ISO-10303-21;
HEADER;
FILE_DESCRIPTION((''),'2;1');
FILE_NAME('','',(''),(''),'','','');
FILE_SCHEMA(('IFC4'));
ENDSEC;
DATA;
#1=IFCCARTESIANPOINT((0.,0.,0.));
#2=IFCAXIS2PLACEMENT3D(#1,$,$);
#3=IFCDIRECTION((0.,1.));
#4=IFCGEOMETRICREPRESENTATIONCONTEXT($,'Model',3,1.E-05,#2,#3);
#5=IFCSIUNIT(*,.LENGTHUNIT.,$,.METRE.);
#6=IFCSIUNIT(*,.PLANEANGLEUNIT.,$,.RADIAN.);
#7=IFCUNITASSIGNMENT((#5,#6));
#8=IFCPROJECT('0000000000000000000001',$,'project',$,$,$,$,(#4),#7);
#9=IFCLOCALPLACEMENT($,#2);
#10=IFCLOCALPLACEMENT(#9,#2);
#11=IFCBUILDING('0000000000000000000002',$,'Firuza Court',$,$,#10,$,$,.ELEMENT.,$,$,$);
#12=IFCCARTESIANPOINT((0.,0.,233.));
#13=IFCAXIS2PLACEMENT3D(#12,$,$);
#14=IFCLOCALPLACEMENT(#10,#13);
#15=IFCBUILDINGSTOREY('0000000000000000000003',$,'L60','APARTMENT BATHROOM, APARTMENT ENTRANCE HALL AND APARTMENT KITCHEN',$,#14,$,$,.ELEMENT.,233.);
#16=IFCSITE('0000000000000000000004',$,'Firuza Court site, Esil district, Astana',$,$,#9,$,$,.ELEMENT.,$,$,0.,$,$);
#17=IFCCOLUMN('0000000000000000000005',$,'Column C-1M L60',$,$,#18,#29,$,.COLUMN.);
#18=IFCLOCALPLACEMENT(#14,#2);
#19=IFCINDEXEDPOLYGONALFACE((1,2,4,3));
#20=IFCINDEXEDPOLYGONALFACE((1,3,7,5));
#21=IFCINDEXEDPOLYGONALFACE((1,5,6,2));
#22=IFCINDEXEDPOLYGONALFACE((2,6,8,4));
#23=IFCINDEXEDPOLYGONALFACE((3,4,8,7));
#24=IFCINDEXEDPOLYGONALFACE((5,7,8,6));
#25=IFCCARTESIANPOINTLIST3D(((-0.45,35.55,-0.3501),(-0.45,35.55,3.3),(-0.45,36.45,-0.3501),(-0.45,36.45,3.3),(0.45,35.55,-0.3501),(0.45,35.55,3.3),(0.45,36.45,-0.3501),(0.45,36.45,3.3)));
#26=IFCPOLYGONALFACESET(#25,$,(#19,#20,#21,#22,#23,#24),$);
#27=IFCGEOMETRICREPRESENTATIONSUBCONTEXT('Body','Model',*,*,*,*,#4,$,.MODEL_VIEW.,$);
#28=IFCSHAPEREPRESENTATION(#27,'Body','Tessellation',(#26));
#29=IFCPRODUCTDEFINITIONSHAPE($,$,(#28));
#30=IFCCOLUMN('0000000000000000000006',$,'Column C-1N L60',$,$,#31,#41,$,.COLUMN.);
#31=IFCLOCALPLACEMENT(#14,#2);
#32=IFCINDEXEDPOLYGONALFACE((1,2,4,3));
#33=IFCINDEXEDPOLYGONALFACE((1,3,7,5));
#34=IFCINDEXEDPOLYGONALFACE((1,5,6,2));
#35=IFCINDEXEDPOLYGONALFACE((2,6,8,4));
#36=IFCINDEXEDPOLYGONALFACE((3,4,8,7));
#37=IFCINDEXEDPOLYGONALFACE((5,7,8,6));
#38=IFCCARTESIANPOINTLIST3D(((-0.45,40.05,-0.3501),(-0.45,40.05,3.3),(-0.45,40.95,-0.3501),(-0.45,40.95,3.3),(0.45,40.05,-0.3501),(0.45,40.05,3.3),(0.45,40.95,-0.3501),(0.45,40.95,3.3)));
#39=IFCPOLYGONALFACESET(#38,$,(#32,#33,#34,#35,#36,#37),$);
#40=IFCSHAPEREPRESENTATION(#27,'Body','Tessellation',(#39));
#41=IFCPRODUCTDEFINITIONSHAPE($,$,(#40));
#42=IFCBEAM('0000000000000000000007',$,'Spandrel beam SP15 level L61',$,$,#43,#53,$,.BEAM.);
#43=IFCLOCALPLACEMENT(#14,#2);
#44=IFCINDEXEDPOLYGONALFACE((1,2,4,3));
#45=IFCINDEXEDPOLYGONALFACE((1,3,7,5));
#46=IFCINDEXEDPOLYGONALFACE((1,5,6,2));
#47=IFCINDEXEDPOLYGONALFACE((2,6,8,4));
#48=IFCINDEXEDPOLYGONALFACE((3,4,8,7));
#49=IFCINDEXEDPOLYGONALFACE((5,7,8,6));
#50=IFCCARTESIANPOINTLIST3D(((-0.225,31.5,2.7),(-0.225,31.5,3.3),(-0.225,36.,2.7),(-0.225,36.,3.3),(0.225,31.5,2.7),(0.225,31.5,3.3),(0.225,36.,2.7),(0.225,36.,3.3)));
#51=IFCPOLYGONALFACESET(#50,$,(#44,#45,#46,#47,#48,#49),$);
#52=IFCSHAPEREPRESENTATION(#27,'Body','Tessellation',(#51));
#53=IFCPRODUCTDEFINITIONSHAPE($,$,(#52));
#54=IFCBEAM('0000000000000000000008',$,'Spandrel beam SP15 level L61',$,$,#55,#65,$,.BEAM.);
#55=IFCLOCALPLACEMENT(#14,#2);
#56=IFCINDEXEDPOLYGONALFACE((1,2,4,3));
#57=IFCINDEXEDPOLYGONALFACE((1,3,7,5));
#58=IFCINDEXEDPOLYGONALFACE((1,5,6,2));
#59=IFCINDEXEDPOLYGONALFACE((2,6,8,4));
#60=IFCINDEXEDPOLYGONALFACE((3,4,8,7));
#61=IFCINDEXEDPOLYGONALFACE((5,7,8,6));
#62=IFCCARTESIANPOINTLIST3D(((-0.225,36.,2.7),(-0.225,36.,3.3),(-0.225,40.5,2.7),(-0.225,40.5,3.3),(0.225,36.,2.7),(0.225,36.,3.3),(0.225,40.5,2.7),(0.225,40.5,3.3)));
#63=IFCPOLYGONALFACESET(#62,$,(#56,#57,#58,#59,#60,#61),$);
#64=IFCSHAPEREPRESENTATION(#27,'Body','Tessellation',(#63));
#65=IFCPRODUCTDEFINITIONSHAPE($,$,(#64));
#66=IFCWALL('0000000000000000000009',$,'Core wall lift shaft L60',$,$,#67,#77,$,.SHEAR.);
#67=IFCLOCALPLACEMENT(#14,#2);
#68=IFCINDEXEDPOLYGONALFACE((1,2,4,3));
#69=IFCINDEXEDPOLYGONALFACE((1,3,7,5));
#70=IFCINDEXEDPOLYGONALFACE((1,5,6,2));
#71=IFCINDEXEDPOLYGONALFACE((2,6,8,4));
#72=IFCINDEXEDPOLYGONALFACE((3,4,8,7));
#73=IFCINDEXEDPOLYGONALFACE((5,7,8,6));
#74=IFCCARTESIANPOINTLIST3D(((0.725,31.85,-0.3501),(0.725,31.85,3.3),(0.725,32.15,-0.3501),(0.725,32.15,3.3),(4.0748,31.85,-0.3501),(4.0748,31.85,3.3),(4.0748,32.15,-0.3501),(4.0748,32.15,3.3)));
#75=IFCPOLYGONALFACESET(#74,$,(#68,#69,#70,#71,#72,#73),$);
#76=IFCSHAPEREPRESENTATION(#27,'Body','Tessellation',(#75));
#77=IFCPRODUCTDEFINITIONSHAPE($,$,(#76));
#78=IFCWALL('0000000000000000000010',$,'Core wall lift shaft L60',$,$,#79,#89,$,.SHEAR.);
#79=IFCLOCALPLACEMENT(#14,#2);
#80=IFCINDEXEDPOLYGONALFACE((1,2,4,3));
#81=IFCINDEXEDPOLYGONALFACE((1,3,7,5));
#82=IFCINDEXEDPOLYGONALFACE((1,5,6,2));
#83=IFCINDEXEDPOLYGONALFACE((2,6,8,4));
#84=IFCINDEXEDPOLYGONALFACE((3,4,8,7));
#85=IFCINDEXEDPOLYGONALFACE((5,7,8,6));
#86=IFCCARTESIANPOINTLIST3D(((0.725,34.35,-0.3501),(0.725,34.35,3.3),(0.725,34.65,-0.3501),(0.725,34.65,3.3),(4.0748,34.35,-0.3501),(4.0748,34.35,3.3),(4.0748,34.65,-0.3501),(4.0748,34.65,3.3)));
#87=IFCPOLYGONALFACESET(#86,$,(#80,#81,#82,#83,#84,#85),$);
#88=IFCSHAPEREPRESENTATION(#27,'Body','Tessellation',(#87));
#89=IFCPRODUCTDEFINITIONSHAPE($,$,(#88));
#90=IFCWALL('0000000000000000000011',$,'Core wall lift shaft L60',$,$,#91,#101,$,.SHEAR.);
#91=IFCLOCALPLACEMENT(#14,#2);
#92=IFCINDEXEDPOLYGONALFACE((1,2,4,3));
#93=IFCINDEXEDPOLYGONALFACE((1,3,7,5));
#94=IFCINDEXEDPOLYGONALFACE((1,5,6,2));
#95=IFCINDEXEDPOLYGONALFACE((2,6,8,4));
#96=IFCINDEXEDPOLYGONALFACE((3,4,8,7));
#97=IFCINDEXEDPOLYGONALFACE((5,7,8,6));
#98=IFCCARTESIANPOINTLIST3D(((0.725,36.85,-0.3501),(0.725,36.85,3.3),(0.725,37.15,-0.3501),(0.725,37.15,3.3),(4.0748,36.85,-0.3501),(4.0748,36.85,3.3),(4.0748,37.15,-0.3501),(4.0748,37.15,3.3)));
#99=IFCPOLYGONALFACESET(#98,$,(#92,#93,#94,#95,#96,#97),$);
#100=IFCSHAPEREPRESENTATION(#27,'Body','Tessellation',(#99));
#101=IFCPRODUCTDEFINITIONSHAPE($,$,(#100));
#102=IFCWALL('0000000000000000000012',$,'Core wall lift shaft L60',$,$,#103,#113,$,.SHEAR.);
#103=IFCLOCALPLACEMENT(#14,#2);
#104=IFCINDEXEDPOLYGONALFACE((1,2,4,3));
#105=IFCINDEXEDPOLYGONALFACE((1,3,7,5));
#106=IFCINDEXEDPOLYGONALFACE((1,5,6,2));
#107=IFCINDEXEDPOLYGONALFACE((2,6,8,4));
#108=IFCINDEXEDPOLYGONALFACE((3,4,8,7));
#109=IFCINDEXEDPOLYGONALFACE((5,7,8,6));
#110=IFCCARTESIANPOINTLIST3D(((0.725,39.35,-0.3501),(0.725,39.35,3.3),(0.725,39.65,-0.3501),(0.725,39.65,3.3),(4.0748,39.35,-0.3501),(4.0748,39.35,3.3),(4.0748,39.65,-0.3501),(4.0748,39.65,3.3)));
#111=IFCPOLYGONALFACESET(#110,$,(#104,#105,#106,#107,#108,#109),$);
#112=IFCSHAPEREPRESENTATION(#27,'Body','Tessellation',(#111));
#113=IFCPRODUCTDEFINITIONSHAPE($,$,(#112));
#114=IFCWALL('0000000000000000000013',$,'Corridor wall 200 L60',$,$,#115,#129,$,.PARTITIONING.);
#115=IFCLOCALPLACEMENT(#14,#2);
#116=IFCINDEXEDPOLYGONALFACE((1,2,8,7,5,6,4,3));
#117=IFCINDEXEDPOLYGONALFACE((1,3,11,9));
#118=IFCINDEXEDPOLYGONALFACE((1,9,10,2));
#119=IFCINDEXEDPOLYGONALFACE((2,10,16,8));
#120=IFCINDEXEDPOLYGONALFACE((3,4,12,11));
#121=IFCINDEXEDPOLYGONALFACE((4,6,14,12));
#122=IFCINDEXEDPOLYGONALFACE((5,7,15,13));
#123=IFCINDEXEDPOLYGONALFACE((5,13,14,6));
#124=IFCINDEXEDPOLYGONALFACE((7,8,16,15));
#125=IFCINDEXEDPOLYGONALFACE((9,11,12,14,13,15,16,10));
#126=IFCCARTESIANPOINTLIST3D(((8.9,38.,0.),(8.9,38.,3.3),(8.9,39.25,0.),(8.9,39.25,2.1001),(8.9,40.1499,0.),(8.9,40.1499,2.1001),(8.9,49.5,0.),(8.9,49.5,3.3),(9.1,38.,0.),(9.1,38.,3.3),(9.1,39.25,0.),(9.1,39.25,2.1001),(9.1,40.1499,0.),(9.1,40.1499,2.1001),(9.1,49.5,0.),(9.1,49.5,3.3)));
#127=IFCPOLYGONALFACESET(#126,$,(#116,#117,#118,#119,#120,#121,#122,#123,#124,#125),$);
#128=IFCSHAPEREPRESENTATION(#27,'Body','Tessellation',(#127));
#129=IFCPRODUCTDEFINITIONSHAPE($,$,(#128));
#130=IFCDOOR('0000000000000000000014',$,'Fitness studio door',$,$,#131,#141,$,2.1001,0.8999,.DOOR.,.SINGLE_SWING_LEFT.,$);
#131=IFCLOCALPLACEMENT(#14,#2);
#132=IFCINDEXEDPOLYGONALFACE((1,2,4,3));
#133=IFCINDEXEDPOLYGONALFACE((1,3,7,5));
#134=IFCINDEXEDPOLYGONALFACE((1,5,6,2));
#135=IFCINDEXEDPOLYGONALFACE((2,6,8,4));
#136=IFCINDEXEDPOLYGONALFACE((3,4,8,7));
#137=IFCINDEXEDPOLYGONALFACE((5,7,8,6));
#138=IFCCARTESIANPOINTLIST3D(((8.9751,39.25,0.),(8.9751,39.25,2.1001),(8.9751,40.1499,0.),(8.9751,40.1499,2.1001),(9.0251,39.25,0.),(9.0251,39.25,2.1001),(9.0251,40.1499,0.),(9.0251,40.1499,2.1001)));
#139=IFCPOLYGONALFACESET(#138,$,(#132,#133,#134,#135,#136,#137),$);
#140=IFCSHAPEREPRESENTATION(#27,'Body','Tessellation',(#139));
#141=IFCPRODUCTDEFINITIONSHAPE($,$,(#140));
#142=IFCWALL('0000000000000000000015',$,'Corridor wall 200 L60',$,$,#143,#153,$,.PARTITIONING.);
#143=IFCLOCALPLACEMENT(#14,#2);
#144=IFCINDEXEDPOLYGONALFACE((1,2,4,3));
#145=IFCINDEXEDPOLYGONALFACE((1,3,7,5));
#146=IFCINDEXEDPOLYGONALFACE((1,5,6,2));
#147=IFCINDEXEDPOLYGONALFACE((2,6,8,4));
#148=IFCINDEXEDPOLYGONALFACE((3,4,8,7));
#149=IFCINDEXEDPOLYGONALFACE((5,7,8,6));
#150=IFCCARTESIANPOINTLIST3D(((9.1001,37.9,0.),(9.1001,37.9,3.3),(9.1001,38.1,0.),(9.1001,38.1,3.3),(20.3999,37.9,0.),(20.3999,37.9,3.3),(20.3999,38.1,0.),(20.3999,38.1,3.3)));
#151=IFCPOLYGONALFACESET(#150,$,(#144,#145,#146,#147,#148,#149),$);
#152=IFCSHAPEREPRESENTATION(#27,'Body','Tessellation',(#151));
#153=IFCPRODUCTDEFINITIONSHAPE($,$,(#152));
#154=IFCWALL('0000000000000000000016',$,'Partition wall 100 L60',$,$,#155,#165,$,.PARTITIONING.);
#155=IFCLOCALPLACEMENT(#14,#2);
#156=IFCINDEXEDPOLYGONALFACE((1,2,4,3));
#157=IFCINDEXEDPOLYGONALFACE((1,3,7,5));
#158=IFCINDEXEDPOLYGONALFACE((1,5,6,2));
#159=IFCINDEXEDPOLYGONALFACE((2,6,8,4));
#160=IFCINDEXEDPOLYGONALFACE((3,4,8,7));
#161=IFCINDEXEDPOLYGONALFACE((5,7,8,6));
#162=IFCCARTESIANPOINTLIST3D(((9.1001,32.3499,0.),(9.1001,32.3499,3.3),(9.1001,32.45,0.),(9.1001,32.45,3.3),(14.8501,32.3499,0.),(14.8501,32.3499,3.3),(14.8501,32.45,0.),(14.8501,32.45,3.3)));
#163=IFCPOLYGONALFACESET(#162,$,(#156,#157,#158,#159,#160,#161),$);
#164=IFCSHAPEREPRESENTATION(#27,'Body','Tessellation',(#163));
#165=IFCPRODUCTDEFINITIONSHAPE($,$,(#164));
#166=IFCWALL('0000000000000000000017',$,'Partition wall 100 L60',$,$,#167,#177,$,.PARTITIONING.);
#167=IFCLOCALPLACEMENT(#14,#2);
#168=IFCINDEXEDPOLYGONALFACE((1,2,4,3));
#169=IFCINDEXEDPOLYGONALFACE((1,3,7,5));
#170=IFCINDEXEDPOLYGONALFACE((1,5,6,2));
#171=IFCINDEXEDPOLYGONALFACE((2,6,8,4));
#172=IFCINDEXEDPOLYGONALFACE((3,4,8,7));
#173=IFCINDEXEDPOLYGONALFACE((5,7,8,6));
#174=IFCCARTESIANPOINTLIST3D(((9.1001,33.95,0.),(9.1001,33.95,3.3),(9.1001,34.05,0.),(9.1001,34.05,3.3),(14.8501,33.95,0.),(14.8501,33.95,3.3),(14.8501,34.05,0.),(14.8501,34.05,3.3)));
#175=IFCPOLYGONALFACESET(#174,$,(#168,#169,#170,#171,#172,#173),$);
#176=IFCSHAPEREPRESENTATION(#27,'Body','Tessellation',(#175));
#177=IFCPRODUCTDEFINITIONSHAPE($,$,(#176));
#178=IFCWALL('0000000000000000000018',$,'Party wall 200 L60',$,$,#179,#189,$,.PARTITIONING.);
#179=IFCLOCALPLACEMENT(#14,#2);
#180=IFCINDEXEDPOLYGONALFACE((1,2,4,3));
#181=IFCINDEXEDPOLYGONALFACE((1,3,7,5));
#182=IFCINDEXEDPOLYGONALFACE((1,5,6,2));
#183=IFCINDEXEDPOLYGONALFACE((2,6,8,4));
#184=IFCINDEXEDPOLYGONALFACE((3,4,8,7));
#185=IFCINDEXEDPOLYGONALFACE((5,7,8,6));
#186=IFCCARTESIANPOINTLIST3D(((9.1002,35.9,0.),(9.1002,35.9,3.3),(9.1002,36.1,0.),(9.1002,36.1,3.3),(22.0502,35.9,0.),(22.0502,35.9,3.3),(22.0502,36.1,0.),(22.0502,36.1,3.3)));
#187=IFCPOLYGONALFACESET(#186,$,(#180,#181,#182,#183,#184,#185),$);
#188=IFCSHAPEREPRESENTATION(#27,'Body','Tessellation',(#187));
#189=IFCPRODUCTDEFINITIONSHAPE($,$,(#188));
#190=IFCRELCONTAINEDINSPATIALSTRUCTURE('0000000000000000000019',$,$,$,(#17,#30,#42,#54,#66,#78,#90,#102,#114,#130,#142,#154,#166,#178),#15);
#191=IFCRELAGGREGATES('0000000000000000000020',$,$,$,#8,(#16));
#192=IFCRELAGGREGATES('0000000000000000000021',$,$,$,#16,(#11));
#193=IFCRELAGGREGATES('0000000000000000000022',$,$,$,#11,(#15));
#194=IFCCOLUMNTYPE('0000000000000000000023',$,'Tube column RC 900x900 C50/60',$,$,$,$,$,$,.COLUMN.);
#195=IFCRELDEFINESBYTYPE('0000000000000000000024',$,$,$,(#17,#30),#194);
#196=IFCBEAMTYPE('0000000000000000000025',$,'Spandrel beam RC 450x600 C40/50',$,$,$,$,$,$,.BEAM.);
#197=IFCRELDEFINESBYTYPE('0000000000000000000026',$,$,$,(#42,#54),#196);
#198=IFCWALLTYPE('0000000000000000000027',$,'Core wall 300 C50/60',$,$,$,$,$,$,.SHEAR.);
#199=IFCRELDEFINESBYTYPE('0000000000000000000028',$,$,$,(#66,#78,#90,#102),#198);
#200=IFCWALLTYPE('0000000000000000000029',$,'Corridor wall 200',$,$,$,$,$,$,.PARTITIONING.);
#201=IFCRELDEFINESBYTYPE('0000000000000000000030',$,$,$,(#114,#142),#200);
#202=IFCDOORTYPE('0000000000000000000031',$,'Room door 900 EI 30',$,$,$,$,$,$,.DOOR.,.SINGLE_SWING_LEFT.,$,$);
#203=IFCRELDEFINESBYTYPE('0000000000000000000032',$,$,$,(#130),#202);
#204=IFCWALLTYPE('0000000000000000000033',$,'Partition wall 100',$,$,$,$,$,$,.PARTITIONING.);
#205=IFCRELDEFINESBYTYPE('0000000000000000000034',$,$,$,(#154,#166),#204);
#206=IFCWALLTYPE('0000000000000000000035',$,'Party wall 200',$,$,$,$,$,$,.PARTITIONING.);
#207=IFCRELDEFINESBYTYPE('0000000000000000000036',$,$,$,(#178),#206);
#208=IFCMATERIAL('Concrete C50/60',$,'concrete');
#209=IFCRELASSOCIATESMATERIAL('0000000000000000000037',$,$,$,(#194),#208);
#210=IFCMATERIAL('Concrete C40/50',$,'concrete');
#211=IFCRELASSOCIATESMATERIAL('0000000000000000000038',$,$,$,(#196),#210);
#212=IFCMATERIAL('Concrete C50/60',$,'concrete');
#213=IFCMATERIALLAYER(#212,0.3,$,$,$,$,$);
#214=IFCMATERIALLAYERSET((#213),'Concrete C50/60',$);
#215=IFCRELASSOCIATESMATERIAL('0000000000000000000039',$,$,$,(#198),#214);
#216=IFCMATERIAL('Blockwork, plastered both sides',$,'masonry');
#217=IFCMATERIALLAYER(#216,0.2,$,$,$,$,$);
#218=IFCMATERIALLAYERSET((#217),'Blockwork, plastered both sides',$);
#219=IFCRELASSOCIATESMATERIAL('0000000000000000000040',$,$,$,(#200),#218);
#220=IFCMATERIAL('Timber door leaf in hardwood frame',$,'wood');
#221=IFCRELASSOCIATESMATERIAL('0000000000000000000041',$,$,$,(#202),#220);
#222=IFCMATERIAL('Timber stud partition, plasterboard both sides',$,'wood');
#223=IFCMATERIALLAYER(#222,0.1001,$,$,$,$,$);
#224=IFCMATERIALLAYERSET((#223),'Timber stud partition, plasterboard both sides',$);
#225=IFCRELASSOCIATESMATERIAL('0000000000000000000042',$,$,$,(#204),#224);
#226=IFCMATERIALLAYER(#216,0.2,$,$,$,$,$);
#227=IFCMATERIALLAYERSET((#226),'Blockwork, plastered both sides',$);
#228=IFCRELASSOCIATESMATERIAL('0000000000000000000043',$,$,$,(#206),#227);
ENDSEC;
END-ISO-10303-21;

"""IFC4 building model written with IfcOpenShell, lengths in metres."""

from ifc_helpers import new_model, si_unit, direction, frame, frame_2d, origin, origin_2d, place, context, subcontext, project, spatial, rectangle, extrude, material, layer, layer_set, material_profile, profile_set, type_object, element, fill, save


model = new_model("IFC4")

# Units and contexts
model_context = context("Model", 3, precision=1e-05, world=origin(), true_north=direction((0.0, 1.0)))
body_context = subcontext(model_context, "Body", "Model", "MODEL_VIEW")
ifc_project = project(units=[si_unit("LENGTHUNIT", "METRE"), si_unit("PLANEANGLEUNIT", "RADIAN")], contexts=[model_context])

# Site, building, storey
site_placement = place(None, origin())
site = spatial("IfcSite", under=ifc_project, at=site_placement, Name="Firuza Court site, Esil district, Astana", CompositionType="ELEMENT", RefElevation=0.0)
building_placement = place(site_placement, origin())
building = spatial("IfcBuilding", under=site, at=building_placement, Name="Firuza Court", CompositionType="ELEMENT")
storey_placement = place(building_placement, frame((0.0, 0.0, 233.0)))
storey = spatial("IfcBuildingStorey", under=building, at=storey_placement, Name="L60", Description="APARTMENT BATHROOM, APARTMENT ENTRANCE HALL AND APARTMENT KITCHEN", CompositionType="ELEMENT", Elevation=233.0)

# Columns
ifc_material_1 = material(Name="Concrete C50/60", Category="concrete")
ifc_material_profile_1 = material_profile(ifc_material_1, rectangle(XDim=0.8999, YDim=0.8999, at=origin_2d()), Name="RC 900x900")
ifc_profile_set_1 = profile_set([ifc_material_profile_1], Name="Concrete C50/60")
column_type = type_object("IfcColumnType", Name="Tube column RC 900x900 C50/60", PredefinedType="COLUMN", material=ifc_profile_set_1)
for number, where, z_axis, x_axis, name in (
    (1, (0.0, 36.0, -0.3501), (0.0, 0.0, 1.0), (1.0, 0.0, 0.0), "Column C-1M L60"),
    (2, (0.0, 40.5, -0.3501), (0.0, 0.0, 1.0), (1.0, 0.0, 0.0), "Column C-1N L60"),
):
    element("IfcColumn", number, at=place(storey_placement, frame(where, z_axis=z_axis, x_axis=x_axis)), inside=storey, type_object=column_type, Name=name, PredefinedType="COLUMN", context=body_context, shape_type="SweptSolid", body=[
        extrude(rectangle(XDim=0.8999, YDim=0.8999, at=origin_2d()), origin(), (0.0, 0.0, 1.0), 3.6501),
    ])

# Beams
ifc_material_2 = material(Name="Concrete C40/50", Category="concrete")
ifc_material_profile_2 = material_profile(ifc_material_2, rectangle(XDim=0.45, YDim=0.6001, at=origin_2d()), Name="RC 450x600")
ifc_profile_set_2 = profile_set([ifc_material_profile_2], Name="Concrete C40/50")
beam_type = type_object("IfcBeamType", Name="Spandrel beam RC 450x600 C40/50", PredefinedType="BEAM", material=ifc_profile_set_2)
for number, where, z_axis, x_axis, name in (
    (3, (0.0, 36.0, 3.0), (0.0, -1.0, 0.0), (1.0, 0.0, 0.0), "Spandrel beam SP15 level L61"),
    (4, (0.0, 40.5, 3.0), (0.0, -1.0, 0.0), (1.0, 0.0, 0.0), "Spandrel beam SP15 level L61"),
):
    element("IfcBeam", number, at=place(storey_placement, frame(where, z_axis=z_axis, x_axis=x_axis)), inside=storey, type_object=beam_type, Name=name, PredefinedType="BEAM", context=body_context, shape_type="SweptSolid", body=[
        extrude(rectangle(XDim=0.45, YDim=0.6001, at=origin_2d()), origin(), (0.0, 0.0, 1.0), 4.5),
    ])

# Walls
ifc_material_3 = material(Name="Concrete C50/60", Category="concrete")
ifc_layer_1 = layer(ifc_material_3, 0.3)
ifc_layer_set_1 = layer_set([ifc_layer_1], Name="Concrete C50/60")
wall_type_1 = type_object("IfcWallType", Name="Core wall 300 C50/60", PredefinedType="SHEAR", material=ifc_layer_set_1)
for number, where, z_axis, x_axis, name in (
    (5, (0.7251, 32.0, -0.3501), (0.0, 0.0, 1.0), (1.0, 0.0, 0.0), "Core wall lift shaft L60"),
    (6, (0.7251, 34.5, -0.3501), (0.0, 0.0, 1.0), (1.0, 0.0, 0.0), "Core wall lift shaft L60"),
    (7, (0.7251, 37.0, -0.3501), (0.0, 0.0, 1.0), (1.0, 0.0, 0.0), "Core wall lift shaft L60"),
    (8, (0.7251, 39.5, -0.3501), (0.0, 0.0, 1.0), (1.0, 0.0, 0.0), "Core wall lift shaft L60"),
):
    element("IfcWall", number, at=place(storey_placement, frame(where, z_axis=z_axis, x_axis=x_axis)), inside=storey, type_object=wall_type_1, Name=name, PredefinedType="SHEAR", context=body_context, shape_type="SweptSolid", body=[
        extrude(rectangle(XDim=3.3499, YDim=0.3, at=frame_2d((1.6748, 0.0))), origin(), (0.0, 0.0, 1.0), 3.6501),
    ])

# Wall, opening, door
ifc_material_4 = material(Name="Blockwork, plastered both sides", Category="masonry")
ifc_layer_2 = layer(ifc_material_4, 0.2)
ifc_layer_set_2 = layer_set([ifc_layer_2], Name="Blockwork, plastered both sides")
wall_type_2 = type_object("IfcWallType", Name="Corridor wall 200", PredefinedType="PARTITIONING", material=ifc_layer_set_2)
wall_1_placement = place(storey_placement, frame((9.0, 38.0, 0.0), z_axis=(0.0, 0.0, 1.0), x_axis=(0.0, 1.0, 0.0)))
wall_1 = element("IfcWall", 9, at=wall_1_placement, inside=storey, type_object=wall_type_2, Name="Corridor wall 200 L60", PredefinedType="PARTITIONING", context=body_context, shape_type="SweptSolid", body=[
    extrude(rectangle(XDim=11.5, YDim=0.2, at=frame_2d((5.75, 0.0))), origin(), (0.0, 0.0, 1.0), 3.3),
])
opening_1_placement = place(wall_1_placement, frame((1.25, 0.0, 0.0)))
opening_1 = element("IfcOpeningElement", 10, at=opening_1_placement, cuts=wall_1, PredefinedType="OPENING", context=body_context, shape_type="SweptSolid", body=[
    extrude(rectangle(XDim=0.8999, YDim=2.1001, at=frame_2d((0.45, 1.05))), frame((0.0, 0.1118, 0.0), z_axis=(0.0, -1.0, 0.0), x_axis=(1.0, 0.0, 0.0)), (0.0, 0.0, 1.0), 0.2239),
])
ifc_material_5 = material(Name="Timber door leaf in hardwood frame", Category="wood")
door_type_1 = type_object("IfcDoorType", Name="Room door 900 EI 30", OperationType="SINGLE_SWING_LEFT", PredefinedType="DOOR", material=ifc_material_5)
door_1_placement = place(opening_1_placement, origin())
door_1 = element("IfcDoor", 11, at=door_1_placement, inside=storey, type_object=door_type_1, Name="Fitness studio door", OperationType="SINGLE_SWING_LEFT", OverallHeight=2.1001, OverallWidth=0.8999, PredefinedType="DOOR", context=body_context, shape_type="SweptSolid", body=[
    extrude(rectangle(XDim=0.8999, YDim=2.1001, at=frame_2d((0.45, 1.05))), frame((0.0, 0.0249, 0.0), z_axis=(0.0, -1.0, 0.0), x_axis=(1.0, 0.0, 0.0)), (0.0, 0.0, 1.0), 0.05),
])
fill(opening_1, door_1)

# Walls
wall_2_placement = place(storey_placement, frame((9.1001, 38.0, 0.0), z_axis=(0.0, 0.0, 1.0), x_axis=(1.0, 0.0, 0.0)))
element("IfcWall", 12, at=wall_2_placement, inside=storey, type_object=wall_type_2, Name="Corridor wall 200 L60", PredefinedType="PARTITIONING", context=body_context, shape_type="SweptSolid", body=[
    extrude(rectangle(XDim=11.2998, YDim=0.2, at=frame_2d((5.6499, 0.0))), origin(), (0.0, 0.0, 1.0), 3.3),
])
ifc_material_6 = material(Name="Timber stud partition, plasterboard both sides", Category="wood")
ifc_layer_3 = layer(ifc_material_6, 0.1001)
ifc_layer_set_3 = layer_set([ifc_layer_3], Name="Timber stud partition, plasterboard both sides")
wall_type_3 = type_object("IfcWallType", Name="Partition wall 100", PredefinedType="PARTITIONING", material=ifc_layer_set_3)
for number, where, z_axis, x_axis, name in (
    (13, (9.1001, 32.3999, 0.0), (0.0, 0.0, 1.0), (1.0, 0.0, 0.0), "Partition wall 100 L60"),
    (14, (9.1001, 34.0, 0.0), (0.0, 0.0, 1.0), (1.0, 0.0, 0.0), "Partition wall 100 L60"),
):
    element("IfcWall", number, at=place(storey_placement, frame(where, z_axis=z_axis, x_axis=x_axis)), inside=storey, type_object=wall_type_3, Name=name, PredefinedType="PARTITIONING", context=body_context, shape_type="SweptSolid", body=[
        extrude(rectangle(XDim=5.75, YDim=0.1001, at=frame_2d((2.875, 0.0))), origin(), (0.0, 0.0, 1.0), 3.3),
    ])
ifc_layer_4 = layer(ifc_material_4, 0.2)
ifc_layer_set_4 = layer_set([ifc_layer_4], Name="Blockwork, plastered both sides")
wall_type_4 = type_object("IfcWallType", Name="Party wall 200", PredefinedType="PARTITIONING", material=ifc_layer_set_4)
wall_3_placement = place(storey_placement, frame((9.1001, 36.0, 0.0), z_axis=(0.0, 0.0, 1.0), x_axis=(1.0, 0.0, 0.0)))
element("IfcWall", 15, at=wall_3_placement, inside=storey, type_object=wall_type_4, Name="Party wall 200 L60", PredefinedType="PARTITIONING", context=body_context, shape_type="SweptSolid", body=[
    extrude(rectangle(XDim=12.95, YDim=0.2, at=frame_2d((6.4751, 0.0))), origin(), (0.0, 0.0, 1.0), 3.3),
])

save(model, "model.ifc")
